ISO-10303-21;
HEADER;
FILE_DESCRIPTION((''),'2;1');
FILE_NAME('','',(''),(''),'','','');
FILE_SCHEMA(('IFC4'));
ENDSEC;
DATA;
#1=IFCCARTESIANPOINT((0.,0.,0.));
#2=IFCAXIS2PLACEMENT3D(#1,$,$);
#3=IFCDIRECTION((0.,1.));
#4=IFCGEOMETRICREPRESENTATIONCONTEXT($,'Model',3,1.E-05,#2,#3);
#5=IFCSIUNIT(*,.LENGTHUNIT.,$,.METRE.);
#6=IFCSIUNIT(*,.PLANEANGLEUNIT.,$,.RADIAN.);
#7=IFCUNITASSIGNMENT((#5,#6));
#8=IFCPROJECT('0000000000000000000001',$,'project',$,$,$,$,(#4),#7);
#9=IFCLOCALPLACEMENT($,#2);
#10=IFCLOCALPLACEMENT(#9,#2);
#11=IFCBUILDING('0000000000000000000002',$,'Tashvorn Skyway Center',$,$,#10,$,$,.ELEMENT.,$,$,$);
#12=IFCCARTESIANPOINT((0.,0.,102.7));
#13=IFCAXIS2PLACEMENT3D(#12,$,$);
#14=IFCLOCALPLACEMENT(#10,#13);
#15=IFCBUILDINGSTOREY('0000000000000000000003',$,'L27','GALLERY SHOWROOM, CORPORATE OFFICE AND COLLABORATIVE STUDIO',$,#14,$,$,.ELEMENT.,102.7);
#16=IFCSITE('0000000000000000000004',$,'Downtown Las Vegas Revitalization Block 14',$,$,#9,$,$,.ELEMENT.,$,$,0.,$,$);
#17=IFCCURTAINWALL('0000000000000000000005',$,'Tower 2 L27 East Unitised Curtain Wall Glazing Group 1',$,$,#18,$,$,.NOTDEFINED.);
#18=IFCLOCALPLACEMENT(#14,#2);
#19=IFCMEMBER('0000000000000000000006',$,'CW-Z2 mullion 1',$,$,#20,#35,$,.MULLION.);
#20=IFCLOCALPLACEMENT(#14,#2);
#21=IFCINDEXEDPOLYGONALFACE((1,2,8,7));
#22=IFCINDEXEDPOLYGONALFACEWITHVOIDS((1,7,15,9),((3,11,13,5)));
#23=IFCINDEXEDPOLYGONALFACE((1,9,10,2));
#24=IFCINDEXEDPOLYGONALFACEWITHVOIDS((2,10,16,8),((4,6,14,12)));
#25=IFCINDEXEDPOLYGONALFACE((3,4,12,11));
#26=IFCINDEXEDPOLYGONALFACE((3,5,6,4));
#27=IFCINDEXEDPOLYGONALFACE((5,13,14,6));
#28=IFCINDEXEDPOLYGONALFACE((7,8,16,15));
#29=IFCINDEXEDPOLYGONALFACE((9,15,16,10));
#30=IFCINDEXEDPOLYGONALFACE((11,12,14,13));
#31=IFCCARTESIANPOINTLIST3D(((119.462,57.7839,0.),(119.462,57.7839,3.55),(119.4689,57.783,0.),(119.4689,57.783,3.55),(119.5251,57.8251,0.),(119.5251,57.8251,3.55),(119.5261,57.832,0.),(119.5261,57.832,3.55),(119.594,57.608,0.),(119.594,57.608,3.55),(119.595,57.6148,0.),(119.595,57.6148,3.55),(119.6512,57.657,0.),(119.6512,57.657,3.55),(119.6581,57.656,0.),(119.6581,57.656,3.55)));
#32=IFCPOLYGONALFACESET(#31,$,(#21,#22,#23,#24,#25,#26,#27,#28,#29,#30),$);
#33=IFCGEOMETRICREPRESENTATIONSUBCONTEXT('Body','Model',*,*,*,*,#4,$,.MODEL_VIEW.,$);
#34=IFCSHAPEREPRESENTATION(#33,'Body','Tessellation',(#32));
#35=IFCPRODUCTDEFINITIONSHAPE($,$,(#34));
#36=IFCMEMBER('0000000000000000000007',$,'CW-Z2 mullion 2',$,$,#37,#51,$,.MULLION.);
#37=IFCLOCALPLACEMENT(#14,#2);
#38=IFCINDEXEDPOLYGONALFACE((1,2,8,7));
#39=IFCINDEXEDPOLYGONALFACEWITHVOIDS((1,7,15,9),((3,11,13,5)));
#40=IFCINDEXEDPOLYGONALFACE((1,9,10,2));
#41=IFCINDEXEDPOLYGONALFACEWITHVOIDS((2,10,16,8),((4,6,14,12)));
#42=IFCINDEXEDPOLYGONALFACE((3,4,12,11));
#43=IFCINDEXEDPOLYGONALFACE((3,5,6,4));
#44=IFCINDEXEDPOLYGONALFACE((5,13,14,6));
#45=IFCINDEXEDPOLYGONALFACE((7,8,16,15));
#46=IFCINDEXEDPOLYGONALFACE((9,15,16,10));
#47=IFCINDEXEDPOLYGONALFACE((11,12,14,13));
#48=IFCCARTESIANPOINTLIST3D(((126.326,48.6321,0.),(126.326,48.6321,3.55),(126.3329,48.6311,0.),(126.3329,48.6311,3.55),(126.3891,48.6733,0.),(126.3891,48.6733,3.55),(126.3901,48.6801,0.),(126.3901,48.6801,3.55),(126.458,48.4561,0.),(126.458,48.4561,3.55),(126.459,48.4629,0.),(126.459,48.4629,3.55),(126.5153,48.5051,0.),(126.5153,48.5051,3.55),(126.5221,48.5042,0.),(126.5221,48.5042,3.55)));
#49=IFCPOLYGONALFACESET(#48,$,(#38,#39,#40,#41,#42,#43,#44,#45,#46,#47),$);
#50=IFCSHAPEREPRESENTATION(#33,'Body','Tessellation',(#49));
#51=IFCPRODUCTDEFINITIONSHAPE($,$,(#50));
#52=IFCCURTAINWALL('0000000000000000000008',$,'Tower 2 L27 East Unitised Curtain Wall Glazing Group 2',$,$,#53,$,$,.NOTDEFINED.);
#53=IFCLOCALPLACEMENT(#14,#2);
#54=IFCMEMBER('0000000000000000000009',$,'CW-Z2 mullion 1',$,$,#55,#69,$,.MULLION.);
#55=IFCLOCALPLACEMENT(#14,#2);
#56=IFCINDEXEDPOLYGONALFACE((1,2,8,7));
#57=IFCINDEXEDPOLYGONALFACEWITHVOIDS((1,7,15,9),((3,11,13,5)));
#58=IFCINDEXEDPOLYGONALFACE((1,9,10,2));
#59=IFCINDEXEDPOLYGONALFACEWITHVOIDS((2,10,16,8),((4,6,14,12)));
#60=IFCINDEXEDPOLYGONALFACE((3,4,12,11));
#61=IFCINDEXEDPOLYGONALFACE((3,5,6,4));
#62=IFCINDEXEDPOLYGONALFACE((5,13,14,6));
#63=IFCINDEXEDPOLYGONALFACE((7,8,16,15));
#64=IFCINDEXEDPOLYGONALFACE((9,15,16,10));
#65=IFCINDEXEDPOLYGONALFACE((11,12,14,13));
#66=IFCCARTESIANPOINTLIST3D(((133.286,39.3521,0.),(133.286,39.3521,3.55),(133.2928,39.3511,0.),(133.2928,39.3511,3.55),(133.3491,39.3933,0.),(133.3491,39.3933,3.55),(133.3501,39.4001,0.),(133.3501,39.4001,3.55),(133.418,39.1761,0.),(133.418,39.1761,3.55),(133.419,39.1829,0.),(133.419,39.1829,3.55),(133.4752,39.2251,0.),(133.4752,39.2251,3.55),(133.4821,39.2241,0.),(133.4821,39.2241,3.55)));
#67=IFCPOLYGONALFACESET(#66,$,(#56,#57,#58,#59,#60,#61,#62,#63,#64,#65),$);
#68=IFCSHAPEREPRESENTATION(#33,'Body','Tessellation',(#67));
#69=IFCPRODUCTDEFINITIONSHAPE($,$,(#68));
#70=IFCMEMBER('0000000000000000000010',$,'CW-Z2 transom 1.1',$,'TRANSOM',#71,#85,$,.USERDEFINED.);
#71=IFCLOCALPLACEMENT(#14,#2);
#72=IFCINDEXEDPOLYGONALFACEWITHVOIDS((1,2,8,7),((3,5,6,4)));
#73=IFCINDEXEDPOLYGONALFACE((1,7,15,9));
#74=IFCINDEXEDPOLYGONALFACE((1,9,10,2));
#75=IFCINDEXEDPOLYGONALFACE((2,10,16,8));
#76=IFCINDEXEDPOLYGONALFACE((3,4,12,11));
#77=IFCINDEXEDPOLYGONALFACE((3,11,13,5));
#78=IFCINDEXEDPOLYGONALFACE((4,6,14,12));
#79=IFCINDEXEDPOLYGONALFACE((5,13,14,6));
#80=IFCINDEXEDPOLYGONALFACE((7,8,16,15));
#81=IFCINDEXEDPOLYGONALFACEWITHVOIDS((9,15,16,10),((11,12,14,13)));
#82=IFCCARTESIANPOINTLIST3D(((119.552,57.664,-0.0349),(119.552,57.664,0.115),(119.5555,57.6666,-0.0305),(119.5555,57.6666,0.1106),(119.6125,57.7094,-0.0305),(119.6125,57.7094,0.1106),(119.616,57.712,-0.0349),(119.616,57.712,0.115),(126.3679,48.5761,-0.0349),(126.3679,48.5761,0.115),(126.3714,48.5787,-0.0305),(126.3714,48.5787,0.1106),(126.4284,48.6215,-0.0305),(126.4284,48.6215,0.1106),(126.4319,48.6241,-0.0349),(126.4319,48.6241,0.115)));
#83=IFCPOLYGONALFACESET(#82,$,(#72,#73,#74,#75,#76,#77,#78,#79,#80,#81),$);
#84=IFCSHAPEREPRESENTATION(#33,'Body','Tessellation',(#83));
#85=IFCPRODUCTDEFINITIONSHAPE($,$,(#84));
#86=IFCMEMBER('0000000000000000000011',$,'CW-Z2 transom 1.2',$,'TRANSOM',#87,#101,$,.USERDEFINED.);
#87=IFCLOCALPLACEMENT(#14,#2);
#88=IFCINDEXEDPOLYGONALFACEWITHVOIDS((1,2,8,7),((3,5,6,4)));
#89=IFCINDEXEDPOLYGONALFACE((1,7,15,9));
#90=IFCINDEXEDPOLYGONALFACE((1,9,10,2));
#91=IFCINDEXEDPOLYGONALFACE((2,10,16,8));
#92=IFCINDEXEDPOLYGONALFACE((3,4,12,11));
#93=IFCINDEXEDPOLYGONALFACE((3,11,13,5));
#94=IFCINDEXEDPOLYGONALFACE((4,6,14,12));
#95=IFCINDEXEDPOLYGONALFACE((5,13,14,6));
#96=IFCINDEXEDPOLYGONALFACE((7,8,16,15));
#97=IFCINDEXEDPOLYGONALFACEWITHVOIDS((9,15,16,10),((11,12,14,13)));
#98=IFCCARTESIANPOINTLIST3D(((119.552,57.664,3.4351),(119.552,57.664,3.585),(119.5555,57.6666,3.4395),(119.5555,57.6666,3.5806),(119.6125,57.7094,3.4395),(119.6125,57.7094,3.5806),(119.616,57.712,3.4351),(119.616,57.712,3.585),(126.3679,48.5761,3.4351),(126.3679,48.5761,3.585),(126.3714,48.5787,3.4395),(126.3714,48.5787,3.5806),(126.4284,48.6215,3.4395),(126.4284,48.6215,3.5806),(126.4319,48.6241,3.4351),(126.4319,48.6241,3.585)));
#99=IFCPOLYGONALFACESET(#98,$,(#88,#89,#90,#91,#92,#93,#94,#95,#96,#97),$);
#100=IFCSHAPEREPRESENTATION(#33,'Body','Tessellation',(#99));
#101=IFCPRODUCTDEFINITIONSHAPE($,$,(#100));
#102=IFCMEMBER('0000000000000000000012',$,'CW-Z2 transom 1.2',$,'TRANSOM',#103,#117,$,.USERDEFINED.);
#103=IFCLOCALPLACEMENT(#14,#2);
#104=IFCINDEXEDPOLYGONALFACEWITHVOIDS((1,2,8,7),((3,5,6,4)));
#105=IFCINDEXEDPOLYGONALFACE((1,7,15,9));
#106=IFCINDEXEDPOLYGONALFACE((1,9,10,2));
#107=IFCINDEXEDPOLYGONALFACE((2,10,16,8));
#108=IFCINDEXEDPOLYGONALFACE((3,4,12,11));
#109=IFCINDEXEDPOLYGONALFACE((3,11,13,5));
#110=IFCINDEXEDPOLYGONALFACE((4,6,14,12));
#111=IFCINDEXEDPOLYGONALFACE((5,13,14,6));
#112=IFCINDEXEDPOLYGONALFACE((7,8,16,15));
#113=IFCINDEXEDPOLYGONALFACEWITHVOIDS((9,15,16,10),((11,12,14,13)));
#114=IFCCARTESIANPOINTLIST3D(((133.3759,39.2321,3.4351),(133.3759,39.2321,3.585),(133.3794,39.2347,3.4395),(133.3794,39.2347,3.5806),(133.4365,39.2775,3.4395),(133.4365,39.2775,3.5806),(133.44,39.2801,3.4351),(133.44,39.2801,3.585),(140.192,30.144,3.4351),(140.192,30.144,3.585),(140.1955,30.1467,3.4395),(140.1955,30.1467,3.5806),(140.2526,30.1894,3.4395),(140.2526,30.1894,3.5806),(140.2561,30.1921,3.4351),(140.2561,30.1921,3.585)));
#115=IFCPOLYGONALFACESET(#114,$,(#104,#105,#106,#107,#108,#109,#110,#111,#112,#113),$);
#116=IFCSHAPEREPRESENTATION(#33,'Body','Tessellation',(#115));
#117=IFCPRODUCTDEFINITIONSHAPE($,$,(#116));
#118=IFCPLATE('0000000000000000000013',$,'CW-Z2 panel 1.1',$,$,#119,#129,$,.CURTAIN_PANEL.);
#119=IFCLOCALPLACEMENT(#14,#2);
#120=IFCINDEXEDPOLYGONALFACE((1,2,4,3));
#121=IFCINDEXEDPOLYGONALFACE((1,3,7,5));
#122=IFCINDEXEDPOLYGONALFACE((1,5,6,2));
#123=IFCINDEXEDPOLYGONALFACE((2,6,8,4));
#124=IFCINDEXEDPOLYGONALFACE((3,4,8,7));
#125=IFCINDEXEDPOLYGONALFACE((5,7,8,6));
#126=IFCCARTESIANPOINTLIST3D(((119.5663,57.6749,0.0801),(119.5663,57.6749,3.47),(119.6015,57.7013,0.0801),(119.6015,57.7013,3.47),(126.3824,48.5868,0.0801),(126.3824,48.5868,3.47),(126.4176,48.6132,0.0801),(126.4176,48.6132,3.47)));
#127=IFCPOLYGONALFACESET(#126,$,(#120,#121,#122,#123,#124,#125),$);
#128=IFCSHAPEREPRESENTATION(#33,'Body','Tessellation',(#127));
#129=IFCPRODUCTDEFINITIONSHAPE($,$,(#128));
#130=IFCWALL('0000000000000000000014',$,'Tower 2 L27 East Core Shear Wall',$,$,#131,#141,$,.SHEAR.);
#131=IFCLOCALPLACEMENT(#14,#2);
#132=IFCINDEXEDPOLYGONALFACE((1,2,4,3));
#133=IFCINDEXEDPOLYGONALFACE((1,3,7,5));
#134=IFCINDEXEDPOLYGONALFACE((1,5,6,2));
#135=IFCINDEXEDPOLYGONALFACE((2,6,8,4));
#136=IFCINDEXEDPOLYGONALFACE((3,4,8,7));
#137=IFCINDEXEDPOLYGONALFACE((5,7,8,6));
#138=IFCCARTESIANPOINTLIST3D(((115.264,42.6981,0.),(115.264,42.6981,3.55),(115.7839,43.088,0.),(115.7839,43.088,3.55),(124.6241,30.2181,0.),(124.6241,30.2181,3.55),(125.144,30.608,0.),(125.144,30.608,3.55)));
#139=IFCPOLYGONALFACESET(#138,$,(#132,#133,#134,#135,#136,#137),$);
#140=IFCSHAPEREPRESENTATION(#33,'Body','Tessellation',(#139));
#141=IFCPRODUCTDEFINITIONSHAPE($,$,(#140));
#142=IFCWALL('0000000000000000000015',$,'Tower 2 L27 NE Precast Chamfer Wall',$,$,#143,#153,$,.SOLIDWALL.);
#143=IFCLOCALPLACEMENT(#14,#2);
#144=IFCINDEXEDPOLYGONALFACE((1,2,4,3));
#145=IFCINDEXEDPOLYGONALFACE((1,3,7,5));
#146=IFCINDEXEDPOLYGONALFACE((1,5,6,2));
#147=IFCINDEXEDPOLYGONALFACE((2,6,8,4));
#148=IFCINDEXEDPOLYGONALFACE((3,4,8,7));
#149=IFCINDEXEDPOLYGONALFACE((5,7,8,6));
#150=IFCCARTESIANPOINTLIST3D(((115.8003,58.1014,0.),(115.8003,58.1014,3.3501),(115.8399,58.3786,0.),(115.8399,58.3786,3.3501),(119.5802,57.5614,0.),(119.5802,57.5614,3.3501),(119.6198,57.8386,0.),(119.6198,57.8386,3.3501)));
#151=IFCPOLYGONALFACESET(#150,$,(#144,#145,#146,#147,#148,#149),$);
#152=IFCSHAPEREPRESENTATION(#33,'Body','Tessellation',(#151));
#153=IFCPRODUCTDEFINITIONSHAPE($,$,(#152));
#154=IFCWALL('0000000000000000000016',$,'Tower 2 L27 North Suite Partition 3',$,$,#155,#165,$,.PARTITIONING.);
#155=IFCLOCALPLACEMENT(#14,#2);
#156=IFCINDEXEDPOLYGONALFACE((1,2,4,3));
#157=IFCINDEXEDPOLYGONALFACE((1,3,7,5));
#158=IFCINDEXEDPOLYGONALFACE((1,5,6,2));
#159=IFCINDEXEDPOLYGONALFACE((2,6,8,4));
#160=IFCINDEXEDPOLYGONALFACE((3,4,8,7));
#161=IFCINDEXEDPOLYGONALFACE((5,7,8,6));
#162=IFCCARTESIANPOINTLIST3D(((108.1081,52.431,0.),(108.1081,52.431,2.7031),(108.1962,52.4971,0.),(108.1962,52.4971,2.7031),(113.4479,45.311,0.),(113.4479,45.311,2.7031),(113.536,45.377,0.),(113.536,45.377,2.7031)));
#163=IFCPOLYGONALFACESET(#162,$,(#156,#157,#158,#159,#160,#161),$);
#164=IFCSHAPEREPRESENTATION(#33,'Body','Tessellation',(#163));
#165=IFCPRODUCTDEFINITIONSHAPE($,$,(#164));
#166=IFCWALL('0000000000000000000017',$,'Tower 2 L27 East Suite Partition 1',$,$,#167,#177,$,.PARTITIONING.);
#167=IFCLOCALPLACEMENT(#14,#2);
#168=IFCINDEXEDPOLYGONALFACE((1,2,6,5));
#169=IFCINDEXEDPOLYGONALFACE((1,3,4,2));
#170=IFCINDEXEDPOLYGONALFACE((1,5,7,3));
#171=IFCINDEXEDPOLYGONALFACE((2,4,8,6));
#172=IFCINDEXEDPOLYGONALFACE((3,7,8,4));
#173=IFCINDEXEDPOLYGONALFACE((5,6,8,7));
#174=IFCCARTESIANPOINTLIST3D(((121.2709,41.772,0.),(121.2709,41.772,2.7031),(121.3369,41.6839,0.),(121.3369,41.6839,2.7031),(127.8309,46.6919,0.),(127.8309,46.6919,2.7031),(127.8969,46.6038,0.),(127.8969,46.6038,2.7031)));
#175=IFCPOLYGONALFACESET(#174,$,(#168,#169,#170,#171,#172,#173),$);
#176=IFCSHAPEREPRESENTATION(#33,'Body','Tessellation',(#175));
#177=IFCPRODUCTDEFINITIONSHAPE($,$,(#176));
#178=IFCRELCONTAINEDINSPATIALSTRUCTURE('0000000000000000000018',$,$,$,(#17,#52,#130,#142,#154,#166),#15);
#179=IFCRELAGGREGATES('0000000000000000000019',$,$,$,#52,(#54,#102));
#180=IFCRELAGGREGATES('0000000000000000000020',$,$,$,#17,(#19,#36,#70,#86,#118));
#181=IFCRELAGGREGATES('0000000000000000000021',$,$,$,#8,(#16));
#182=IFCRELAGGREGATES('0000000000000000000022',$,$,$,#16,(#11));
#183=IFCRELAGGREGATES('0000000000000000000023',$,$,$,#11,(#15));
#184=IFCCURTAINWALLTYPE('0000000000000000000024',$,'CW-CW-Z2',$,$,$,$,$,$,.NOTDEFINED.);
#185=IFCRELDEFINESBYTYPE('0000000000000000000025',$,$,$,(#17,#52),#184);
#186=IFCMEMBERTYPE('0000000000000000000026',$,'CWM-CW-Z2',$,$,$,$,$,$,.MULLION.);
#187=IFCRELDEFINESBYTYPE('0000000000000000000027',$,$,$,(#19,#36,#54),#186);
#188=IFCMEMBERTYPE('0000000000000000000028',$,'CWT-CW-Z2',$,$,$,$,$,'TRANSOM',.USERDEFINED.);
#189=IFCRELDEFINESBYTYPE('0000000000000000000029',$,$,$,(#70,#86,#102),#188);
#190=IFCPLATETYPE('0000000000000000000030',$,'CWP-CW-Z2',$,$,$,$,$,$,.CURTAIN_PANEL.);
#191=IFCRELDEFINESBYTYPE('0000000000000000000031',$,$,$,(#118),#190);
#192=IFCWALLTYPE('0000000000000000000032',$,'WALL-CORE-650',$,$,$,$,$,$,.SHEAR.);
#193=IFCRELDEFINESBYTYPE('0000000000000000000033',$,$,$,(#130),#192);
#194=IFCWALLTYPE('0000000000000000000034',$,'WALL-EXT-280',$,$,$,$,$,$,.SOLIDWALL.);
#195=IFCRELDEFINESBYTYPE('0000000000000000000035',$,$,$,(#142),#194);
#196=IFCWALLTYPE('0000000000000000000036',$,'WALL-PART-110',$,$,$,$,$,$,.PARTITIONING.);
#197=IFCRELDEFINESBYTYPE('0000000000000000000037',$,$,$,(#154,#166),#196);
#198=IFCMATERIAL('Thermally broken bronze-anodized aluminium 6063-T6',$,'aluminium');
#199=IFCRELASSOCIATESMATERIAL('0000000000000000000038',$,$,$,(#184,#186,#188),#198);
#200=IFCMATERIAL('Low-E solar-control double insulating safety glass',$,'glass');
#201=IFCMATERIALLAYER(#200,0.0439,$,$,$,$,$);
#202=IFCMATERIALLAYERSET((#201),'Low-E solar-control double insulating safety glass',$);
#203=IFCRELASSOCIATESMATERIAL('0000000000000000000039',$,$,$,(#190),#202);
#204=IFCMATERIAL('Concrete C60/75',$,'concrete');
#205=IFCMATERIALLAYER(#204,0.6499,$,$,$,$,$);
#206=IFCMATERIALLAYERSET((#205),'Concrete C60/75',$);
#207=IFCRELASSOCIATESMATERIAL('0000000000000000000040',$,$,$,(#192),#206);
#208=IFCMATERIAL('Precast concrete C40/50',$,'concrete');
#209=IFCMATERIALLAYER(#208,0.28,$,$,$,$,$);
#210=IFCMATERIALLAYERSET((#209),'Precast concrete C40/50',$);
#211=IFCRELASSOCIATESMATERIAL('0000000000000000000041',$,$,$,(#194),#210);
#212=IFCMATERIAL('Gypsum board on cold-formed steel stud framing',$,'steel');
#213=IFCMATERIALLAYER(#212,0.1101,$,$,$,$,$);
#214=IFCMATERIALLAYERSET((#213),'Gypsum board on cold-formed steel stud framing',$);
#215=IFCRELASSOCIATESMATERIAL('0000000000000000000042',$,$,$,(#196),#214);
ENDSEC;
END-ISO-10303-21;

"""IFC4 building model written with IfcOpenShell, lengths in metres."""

from ifc_helpers import new_model, si_unit, direction, frame, frame_2d, origin, origin_2d, place, context, subcontext, project, spatial, rectangle, hollow_rectangle, extrude, material, layer, layer_set, material_profile, profile_set, type_object, element, aggregate, save


model = new_model("IFC4")

# Units and contexts
model_context = context("Model", 3, precision=1e-05, world=origin(), true_north=direction((0.0, 1.0)))
body_context = subcontext(model_context, "Body", "Model", "MODEL_VIEW")
ifc_project = project(units=[si_unit("LENGTHUNIT", "METRE"), si_unit("PLANEANGLEUNIT", "RADIAN")], contexts=[model_context])

# Site, building, storey
site_placement = place(None, origin())
site = spatial("IfcSite", under=ifc_project, at=site_placement, Name="Downtown Las Vegas Revitalization Block 14", CompositionType="ELEMENT", RefElevation=0.0)
building_placement = place(site_placement, origin())
building = spatial("IfcBuilding", under=site, at=building_placement, Name="Tashvorn Skyway Center", CompositionType="ELEMENT")
storey_placement = place(building_placement, frame((0.0, 0.0, 102.7)))
storey = spatial("IfcBuildingStorey", under=building, at=storey_placement, Name="L27", Description="GALLERY SHOWROOM, CORPORATE OFFICE AND COLLABORATIVE STUDIO", CompositionType="ELEMENT", Elevation=102.7)

# Shared definitions
ifc_material_1 = material(Name="Thermally broken bronze-anodized aluminium 6063-T6", Category="aluminium")
curtain_wall_type = type_object("IfcCurtainWallType", Name="CW-CW-Z2", PredefinedType="NOTDEFINED", material=ifc_material_1)
ifc_material_profile_1 = material_profile(ifc_material_1, hollow_rectangle(XDim=0.0801, YDim=0.22, WallThickness=0.0049, at=origin_2d()), Name="ALU-MULL-80x220")
ifc_profile_set_1 = profile_set([ifc_material_profile_1], Name="Thermally broken bronze-anodized aluminium 6063-T6")
member_type_1 = type_object("IfcMemberType", Name="CWM-CW-Z2", PredefinedType="MULLION", material=ifc_profile_set_1)

# Curtain wall, members
curtain_wall_1_placement = place(storey_placement, origin())
curtain_wall_1 = element("IfcCurtainWall", 1, at=curtain_wall_1_placement, inside=storey, type_object=curtain_wall_type, Name="Tower 2 L27 East Unitised Curtain Wall Glazing Group 1", PredefinedType="NOTDEFINED")
member_1_placement = place(storey_placement, frame((119.5601, 57.72, 0.0), z_axis=(0.0, 0.0, 1.0), x_axis=(0.8, 0.6, 0.0)))
member_1 = element("IfcMember", 2, at=member_1_placement, type_object=member_type_1, Name="CW-Z2 mullion 1", PredefinedType="MULLION", context=body_context, shape_type="SweptSolid", body=[
    extrude(hollow_rectangle(XDim=0.0801, YDim=0.22, WallThickness=0.0049, at=origin_2d()), origin(), (0.0, 0.0, 1.0), 3.55),
])
member_2_placement = place(storey_placement, frame((126.4241, 48.5681, 0.0), z_axis=(0.0, 0.0, 1.0), x_axis=(0.8, 0.6, 0.0)))
member_2 = element("IfcMember", 3, at=member_2_placement, type_object=member_type_1, Name="CW-Z2 mullion 2", PredefinedType="MULLION", context=body_context, shape_type="SweptSolid", body=[
    extrude(hollow_rectangle(XDim=0.0801, YDim=0.22, WallThickness=0.0049, at=origin_2d()), origin(), (0.0, 0.0, 1.0), 3.55),
])

# Curtain wall, member
curtain_wall_2_placement = place(storey_placement, origin())
curtain_wall_2 = element("IfcCurtainWall", 4, at=curtain_wall_2_placement, inside=storey, type_object=curtain_wall_type, Name="Tower 2 L27 East Unitised Curtain Wall Glazing Group 2", PredefinedType="NOTDEFINED")
member_3_placement = place(storey_placement, frame((133.384, 39.2881, 0.0), z_axis=(0.0, 0.0, 1.0), x_axis=(0.8, 0.6, 0.0)))
member_3 = element("IfcMember", 5, at=member_3_placement, type_object=member_type_1, Name="CW-Z2 mullion 1", PredefinedType="MULLION", context=body_context, shape_type="SweptSolid", body=[
    extrude(hollow_rectangle(XDim=0.0801, YDim=0.22, WallThickness=0.0049, at=origin_2d()), origin(), (0.0, 0.0, 1.0), 3.55),
])

# Members
ifc_material_profile_2 = material_profile(ifc_material_1, hollow_rectangle(XDim=0.0801, YDim=0.1499, WallThickness=0.0044, at=origin_2d()), Name="ALU-TRAN-80x150")
ifc_profile_set_2 = profile_set([ifc_material_profile_2], Name="Thermally broken bronze-anodized aluminium 6063-T6")
member_type_2 = type_object("IfcMemberType", Name="CWT-CW-Z2", ElementType="TRANSOM", PredefinedType="USERDEFINED", material=ifc_profile_set_2)
member_4_placement = place(storey_placement, frame((119.584, 57.688, 0.04), z_axis=(0.6, -0.8, 0.0), x_axis=(0.8, 0.6, 0.0)))
member_4 = element("IfcMember", 6, at=member_4_placement, type_object=member_type_2, Name="CW-Z2 transom 1.1", ObjectType="TRANSOM", PredefinedType="USERDEFINED", context=body_context, shape_type="SweptSolid", body=[
    extrude(hollow_rectangle(XDim=0.0801, YDim=0.1499, WallThickness=0.0044, at=origin_2d()), origin(), (0.0, 0.0, 1.0), 11.3599),
])
member_5_placement = place(storey_placement, frame((119.584, 57.688, 3.51), z_axis=(0.6, -0.8, 0.0), x_axis=(0.8, 0.6, 0.0)))
member_5 = element("IfcMember", 7, at=member_5_placement, type_object=member_type_2, Name="CW-Z2 transom 1.2", ObjectType="TRANSOM", PredefinedType="USERDEFINED", context=body_context, shape_type="SweptSolid", body=[
    extrude(hollow_rectangle(XDim=0.0801, YDim=0.1499, WallThickness=0.0044, at=origin_2d()), origin(), (0.0, 0.0, 1.0), 11.3599),
])
member_6_placement = place(storey_placement, frame((133.408, 39.2561, 3.51), z_axis=(0.600003, -0.799997, 0.0), x_axis=(0.799997, 0.600003, 0.0)))
member_6 = element("IfcMember", 8, at=member_6_placement, type_object=member_type_2, Name="CW-Z2 transom 1.2", ObjectType="TRANSOM", PredefinedType="USERDEFINED", context=body_context, shape_type="SweptSolid", body=[
    extrude(hollow_rectangle(XDim=0.0801, YDim=0.1499, WallThickness=0.0044, at=origin_2d()), origin(), (0.0, 0.0, 1.0), 11.3601),
])
aggregate(curtain_wall_2, [member_3, member_6])

# Plate
ifc_material_2 = material(Name="Low-E solar-control double insulating safety glass", Category="glass")
ifc_layer_1 = layer(ifc_material_2, 0.0439)
ifc_layer_set_1 = layer_set([ifc_layer_1], Name="Low-E solar-control double insulating safety glass")
plate_type = type_object("IfcPlateType", Name="CWP-CW-Z2", PredefinedType="CURTAIN_PANEL", material=ifc_layer_set_1)
plate_placement = place(storey_placement, frame((122.9919, 53.144, 0.0801), z_axis=(0.0, 0.0, 1.0), x_axis=(0.6, -0.8, 0.0)))
plate = element("IfcPlate", 9, at=plate_placement, type_object=plate_type, Name="CW-Z2 panel 1.1", PredefinedType="CURTAIN_PANEL", context=body_context, shape_type="SweptSolid", body=[
    extrude(rectangle(XDim=11.3601, YDim=0.0439, at=origin_2d()), origin(), (0.0, 0.0, 1.0), 3.3899),
])
aggregate(curtain_wall_1, [member_1, member_2, member_4, member_5, plate])

# Walls
ifc_material_3 = material(Name="Concrete C60/75", Category="concrete")
ifc_layer_2 = layer(ifc_material_3, 0.6499)
ifc_layer_set_2 = layer_set([ifc_layer_2], Name="Concrete C60/75")
wall_type_1 = type_object("IfcWallType", Name="WALL-CORE-650", PredefinedType="SHEAR", material=ifc_layer_set_2)
wall_1_placement = place(storey_placement, frame((115.5239, 42.8931, 0.0), z_axis=(0.0, 0.0, 1.0), x_axis=(0.600005, -0.799996, 0.0)))
element("IfcWall", 10, at=wall_1_placement, inside=storey, type_object=wall_type_1, Name="Tower 2 L27 East Core Shear Wall", PredefinedType="SHEAR", context=body_context, shape_type="SweptSolid", body=[
    extrude(rectangle(XDim=15.6001, YDim=0.6499, at=frame_2d((7.8, 0.0))), origin(), (0.0, 0.0, 1.0), 3.55),
])
ifc_material_4 = material(Name="Precast concrete C40/50", Category="concrete")
ifc_layer_3 = layer(ifc_material_4, 0.28)
ifc_layer_set_3 = layer_set([ifc_layer_3], Name="Precast concrete C40/50")
wall_type_2 = type_object("IfcWallType", Name="WALL-EXT-280", PredefinedType="SOLIDWALL", material=ifc_layer_set_3)
wall_2_placement = place(storey_placement, frame((115.8201, 58.24, 0.0), z_axis=(0.0, 0.0, 1.0), x_axis=(0.989948, -0.14143, 0.0)))
element("IfcWall", 11, at=wall_2_placement, inside=storey, type_object=wall_type_2, Name="Tower 2 L27 NE Precast Chamfer Wall", PredefinedType="SOLIDWALL", context=body_context, shape_type="SweptSolid", body=[
    extrude(rectangle(XDim=3.8184, YDim=0.28, at=frame_2d((1.9092, 0.0))), origin(), (0.0, 0.0, 1.0), 3.3501),
])
ifc_material_5 = material(Name="Gypsum board on cold-formed steel stud framing", Category="steel")
ifc_layer_4 = layer(ifc_material_5, 0.1101)
ifc_layer_set_4 = layer_set([ifc_layer_4], Name="Gypsum board on cold-formed steel stud framing")
wall_type_3 = type_object("IfcWallType", Name="WALL-PART-110", PredefinedType="PARTITIONING", material=ifc_layer_set_4)
wall_3_placement = place(storey_placement, frame((113.4919, 45.344, 0.0), z_axis=(0.0, 0.0, 1.0), x_axis=(-0.599982, 0.800013, 0.0)))
element("IfcWall", 12, at=wall_3_placement, inside=storey, type_object=wall_type_3, Name="Tower 2 L27 North Suite Partition 3", PredefinedType="PARTITIONING", context=body_context, shape_type="SweptSolid", body=[
    extrude(rectangle(XDim=8.8999, YDim=0.1101, at=frame_2d((4.45, 0.0))), origin(), (0.0, 0.0, 1.0), 2.7031),
])
wall_4_placement = place(storey_placement, frame((127.864, 46.6479, 0.0), z_axis=(0.0, 0.0, 1.0), x_axis=(-0.800007, -0.59999, 0.0)))
element("IfcWall", 13, at=wall_4_placement, inside=storey, type_object=wall_type_3, Name="Tower 2 L27 East Suite Partition 1", PredefinedType="PARTITIONING", context=body_context, shape_type="SweptSolid", body=[
    extrude(rectangle(XDim=8.2, YDim=0.1101, at=frame_2d((4.1001, 0.0))), origin(), (0.0, 0.0, 1.0), 2.7031),
])

save(model, "model.ifc")
